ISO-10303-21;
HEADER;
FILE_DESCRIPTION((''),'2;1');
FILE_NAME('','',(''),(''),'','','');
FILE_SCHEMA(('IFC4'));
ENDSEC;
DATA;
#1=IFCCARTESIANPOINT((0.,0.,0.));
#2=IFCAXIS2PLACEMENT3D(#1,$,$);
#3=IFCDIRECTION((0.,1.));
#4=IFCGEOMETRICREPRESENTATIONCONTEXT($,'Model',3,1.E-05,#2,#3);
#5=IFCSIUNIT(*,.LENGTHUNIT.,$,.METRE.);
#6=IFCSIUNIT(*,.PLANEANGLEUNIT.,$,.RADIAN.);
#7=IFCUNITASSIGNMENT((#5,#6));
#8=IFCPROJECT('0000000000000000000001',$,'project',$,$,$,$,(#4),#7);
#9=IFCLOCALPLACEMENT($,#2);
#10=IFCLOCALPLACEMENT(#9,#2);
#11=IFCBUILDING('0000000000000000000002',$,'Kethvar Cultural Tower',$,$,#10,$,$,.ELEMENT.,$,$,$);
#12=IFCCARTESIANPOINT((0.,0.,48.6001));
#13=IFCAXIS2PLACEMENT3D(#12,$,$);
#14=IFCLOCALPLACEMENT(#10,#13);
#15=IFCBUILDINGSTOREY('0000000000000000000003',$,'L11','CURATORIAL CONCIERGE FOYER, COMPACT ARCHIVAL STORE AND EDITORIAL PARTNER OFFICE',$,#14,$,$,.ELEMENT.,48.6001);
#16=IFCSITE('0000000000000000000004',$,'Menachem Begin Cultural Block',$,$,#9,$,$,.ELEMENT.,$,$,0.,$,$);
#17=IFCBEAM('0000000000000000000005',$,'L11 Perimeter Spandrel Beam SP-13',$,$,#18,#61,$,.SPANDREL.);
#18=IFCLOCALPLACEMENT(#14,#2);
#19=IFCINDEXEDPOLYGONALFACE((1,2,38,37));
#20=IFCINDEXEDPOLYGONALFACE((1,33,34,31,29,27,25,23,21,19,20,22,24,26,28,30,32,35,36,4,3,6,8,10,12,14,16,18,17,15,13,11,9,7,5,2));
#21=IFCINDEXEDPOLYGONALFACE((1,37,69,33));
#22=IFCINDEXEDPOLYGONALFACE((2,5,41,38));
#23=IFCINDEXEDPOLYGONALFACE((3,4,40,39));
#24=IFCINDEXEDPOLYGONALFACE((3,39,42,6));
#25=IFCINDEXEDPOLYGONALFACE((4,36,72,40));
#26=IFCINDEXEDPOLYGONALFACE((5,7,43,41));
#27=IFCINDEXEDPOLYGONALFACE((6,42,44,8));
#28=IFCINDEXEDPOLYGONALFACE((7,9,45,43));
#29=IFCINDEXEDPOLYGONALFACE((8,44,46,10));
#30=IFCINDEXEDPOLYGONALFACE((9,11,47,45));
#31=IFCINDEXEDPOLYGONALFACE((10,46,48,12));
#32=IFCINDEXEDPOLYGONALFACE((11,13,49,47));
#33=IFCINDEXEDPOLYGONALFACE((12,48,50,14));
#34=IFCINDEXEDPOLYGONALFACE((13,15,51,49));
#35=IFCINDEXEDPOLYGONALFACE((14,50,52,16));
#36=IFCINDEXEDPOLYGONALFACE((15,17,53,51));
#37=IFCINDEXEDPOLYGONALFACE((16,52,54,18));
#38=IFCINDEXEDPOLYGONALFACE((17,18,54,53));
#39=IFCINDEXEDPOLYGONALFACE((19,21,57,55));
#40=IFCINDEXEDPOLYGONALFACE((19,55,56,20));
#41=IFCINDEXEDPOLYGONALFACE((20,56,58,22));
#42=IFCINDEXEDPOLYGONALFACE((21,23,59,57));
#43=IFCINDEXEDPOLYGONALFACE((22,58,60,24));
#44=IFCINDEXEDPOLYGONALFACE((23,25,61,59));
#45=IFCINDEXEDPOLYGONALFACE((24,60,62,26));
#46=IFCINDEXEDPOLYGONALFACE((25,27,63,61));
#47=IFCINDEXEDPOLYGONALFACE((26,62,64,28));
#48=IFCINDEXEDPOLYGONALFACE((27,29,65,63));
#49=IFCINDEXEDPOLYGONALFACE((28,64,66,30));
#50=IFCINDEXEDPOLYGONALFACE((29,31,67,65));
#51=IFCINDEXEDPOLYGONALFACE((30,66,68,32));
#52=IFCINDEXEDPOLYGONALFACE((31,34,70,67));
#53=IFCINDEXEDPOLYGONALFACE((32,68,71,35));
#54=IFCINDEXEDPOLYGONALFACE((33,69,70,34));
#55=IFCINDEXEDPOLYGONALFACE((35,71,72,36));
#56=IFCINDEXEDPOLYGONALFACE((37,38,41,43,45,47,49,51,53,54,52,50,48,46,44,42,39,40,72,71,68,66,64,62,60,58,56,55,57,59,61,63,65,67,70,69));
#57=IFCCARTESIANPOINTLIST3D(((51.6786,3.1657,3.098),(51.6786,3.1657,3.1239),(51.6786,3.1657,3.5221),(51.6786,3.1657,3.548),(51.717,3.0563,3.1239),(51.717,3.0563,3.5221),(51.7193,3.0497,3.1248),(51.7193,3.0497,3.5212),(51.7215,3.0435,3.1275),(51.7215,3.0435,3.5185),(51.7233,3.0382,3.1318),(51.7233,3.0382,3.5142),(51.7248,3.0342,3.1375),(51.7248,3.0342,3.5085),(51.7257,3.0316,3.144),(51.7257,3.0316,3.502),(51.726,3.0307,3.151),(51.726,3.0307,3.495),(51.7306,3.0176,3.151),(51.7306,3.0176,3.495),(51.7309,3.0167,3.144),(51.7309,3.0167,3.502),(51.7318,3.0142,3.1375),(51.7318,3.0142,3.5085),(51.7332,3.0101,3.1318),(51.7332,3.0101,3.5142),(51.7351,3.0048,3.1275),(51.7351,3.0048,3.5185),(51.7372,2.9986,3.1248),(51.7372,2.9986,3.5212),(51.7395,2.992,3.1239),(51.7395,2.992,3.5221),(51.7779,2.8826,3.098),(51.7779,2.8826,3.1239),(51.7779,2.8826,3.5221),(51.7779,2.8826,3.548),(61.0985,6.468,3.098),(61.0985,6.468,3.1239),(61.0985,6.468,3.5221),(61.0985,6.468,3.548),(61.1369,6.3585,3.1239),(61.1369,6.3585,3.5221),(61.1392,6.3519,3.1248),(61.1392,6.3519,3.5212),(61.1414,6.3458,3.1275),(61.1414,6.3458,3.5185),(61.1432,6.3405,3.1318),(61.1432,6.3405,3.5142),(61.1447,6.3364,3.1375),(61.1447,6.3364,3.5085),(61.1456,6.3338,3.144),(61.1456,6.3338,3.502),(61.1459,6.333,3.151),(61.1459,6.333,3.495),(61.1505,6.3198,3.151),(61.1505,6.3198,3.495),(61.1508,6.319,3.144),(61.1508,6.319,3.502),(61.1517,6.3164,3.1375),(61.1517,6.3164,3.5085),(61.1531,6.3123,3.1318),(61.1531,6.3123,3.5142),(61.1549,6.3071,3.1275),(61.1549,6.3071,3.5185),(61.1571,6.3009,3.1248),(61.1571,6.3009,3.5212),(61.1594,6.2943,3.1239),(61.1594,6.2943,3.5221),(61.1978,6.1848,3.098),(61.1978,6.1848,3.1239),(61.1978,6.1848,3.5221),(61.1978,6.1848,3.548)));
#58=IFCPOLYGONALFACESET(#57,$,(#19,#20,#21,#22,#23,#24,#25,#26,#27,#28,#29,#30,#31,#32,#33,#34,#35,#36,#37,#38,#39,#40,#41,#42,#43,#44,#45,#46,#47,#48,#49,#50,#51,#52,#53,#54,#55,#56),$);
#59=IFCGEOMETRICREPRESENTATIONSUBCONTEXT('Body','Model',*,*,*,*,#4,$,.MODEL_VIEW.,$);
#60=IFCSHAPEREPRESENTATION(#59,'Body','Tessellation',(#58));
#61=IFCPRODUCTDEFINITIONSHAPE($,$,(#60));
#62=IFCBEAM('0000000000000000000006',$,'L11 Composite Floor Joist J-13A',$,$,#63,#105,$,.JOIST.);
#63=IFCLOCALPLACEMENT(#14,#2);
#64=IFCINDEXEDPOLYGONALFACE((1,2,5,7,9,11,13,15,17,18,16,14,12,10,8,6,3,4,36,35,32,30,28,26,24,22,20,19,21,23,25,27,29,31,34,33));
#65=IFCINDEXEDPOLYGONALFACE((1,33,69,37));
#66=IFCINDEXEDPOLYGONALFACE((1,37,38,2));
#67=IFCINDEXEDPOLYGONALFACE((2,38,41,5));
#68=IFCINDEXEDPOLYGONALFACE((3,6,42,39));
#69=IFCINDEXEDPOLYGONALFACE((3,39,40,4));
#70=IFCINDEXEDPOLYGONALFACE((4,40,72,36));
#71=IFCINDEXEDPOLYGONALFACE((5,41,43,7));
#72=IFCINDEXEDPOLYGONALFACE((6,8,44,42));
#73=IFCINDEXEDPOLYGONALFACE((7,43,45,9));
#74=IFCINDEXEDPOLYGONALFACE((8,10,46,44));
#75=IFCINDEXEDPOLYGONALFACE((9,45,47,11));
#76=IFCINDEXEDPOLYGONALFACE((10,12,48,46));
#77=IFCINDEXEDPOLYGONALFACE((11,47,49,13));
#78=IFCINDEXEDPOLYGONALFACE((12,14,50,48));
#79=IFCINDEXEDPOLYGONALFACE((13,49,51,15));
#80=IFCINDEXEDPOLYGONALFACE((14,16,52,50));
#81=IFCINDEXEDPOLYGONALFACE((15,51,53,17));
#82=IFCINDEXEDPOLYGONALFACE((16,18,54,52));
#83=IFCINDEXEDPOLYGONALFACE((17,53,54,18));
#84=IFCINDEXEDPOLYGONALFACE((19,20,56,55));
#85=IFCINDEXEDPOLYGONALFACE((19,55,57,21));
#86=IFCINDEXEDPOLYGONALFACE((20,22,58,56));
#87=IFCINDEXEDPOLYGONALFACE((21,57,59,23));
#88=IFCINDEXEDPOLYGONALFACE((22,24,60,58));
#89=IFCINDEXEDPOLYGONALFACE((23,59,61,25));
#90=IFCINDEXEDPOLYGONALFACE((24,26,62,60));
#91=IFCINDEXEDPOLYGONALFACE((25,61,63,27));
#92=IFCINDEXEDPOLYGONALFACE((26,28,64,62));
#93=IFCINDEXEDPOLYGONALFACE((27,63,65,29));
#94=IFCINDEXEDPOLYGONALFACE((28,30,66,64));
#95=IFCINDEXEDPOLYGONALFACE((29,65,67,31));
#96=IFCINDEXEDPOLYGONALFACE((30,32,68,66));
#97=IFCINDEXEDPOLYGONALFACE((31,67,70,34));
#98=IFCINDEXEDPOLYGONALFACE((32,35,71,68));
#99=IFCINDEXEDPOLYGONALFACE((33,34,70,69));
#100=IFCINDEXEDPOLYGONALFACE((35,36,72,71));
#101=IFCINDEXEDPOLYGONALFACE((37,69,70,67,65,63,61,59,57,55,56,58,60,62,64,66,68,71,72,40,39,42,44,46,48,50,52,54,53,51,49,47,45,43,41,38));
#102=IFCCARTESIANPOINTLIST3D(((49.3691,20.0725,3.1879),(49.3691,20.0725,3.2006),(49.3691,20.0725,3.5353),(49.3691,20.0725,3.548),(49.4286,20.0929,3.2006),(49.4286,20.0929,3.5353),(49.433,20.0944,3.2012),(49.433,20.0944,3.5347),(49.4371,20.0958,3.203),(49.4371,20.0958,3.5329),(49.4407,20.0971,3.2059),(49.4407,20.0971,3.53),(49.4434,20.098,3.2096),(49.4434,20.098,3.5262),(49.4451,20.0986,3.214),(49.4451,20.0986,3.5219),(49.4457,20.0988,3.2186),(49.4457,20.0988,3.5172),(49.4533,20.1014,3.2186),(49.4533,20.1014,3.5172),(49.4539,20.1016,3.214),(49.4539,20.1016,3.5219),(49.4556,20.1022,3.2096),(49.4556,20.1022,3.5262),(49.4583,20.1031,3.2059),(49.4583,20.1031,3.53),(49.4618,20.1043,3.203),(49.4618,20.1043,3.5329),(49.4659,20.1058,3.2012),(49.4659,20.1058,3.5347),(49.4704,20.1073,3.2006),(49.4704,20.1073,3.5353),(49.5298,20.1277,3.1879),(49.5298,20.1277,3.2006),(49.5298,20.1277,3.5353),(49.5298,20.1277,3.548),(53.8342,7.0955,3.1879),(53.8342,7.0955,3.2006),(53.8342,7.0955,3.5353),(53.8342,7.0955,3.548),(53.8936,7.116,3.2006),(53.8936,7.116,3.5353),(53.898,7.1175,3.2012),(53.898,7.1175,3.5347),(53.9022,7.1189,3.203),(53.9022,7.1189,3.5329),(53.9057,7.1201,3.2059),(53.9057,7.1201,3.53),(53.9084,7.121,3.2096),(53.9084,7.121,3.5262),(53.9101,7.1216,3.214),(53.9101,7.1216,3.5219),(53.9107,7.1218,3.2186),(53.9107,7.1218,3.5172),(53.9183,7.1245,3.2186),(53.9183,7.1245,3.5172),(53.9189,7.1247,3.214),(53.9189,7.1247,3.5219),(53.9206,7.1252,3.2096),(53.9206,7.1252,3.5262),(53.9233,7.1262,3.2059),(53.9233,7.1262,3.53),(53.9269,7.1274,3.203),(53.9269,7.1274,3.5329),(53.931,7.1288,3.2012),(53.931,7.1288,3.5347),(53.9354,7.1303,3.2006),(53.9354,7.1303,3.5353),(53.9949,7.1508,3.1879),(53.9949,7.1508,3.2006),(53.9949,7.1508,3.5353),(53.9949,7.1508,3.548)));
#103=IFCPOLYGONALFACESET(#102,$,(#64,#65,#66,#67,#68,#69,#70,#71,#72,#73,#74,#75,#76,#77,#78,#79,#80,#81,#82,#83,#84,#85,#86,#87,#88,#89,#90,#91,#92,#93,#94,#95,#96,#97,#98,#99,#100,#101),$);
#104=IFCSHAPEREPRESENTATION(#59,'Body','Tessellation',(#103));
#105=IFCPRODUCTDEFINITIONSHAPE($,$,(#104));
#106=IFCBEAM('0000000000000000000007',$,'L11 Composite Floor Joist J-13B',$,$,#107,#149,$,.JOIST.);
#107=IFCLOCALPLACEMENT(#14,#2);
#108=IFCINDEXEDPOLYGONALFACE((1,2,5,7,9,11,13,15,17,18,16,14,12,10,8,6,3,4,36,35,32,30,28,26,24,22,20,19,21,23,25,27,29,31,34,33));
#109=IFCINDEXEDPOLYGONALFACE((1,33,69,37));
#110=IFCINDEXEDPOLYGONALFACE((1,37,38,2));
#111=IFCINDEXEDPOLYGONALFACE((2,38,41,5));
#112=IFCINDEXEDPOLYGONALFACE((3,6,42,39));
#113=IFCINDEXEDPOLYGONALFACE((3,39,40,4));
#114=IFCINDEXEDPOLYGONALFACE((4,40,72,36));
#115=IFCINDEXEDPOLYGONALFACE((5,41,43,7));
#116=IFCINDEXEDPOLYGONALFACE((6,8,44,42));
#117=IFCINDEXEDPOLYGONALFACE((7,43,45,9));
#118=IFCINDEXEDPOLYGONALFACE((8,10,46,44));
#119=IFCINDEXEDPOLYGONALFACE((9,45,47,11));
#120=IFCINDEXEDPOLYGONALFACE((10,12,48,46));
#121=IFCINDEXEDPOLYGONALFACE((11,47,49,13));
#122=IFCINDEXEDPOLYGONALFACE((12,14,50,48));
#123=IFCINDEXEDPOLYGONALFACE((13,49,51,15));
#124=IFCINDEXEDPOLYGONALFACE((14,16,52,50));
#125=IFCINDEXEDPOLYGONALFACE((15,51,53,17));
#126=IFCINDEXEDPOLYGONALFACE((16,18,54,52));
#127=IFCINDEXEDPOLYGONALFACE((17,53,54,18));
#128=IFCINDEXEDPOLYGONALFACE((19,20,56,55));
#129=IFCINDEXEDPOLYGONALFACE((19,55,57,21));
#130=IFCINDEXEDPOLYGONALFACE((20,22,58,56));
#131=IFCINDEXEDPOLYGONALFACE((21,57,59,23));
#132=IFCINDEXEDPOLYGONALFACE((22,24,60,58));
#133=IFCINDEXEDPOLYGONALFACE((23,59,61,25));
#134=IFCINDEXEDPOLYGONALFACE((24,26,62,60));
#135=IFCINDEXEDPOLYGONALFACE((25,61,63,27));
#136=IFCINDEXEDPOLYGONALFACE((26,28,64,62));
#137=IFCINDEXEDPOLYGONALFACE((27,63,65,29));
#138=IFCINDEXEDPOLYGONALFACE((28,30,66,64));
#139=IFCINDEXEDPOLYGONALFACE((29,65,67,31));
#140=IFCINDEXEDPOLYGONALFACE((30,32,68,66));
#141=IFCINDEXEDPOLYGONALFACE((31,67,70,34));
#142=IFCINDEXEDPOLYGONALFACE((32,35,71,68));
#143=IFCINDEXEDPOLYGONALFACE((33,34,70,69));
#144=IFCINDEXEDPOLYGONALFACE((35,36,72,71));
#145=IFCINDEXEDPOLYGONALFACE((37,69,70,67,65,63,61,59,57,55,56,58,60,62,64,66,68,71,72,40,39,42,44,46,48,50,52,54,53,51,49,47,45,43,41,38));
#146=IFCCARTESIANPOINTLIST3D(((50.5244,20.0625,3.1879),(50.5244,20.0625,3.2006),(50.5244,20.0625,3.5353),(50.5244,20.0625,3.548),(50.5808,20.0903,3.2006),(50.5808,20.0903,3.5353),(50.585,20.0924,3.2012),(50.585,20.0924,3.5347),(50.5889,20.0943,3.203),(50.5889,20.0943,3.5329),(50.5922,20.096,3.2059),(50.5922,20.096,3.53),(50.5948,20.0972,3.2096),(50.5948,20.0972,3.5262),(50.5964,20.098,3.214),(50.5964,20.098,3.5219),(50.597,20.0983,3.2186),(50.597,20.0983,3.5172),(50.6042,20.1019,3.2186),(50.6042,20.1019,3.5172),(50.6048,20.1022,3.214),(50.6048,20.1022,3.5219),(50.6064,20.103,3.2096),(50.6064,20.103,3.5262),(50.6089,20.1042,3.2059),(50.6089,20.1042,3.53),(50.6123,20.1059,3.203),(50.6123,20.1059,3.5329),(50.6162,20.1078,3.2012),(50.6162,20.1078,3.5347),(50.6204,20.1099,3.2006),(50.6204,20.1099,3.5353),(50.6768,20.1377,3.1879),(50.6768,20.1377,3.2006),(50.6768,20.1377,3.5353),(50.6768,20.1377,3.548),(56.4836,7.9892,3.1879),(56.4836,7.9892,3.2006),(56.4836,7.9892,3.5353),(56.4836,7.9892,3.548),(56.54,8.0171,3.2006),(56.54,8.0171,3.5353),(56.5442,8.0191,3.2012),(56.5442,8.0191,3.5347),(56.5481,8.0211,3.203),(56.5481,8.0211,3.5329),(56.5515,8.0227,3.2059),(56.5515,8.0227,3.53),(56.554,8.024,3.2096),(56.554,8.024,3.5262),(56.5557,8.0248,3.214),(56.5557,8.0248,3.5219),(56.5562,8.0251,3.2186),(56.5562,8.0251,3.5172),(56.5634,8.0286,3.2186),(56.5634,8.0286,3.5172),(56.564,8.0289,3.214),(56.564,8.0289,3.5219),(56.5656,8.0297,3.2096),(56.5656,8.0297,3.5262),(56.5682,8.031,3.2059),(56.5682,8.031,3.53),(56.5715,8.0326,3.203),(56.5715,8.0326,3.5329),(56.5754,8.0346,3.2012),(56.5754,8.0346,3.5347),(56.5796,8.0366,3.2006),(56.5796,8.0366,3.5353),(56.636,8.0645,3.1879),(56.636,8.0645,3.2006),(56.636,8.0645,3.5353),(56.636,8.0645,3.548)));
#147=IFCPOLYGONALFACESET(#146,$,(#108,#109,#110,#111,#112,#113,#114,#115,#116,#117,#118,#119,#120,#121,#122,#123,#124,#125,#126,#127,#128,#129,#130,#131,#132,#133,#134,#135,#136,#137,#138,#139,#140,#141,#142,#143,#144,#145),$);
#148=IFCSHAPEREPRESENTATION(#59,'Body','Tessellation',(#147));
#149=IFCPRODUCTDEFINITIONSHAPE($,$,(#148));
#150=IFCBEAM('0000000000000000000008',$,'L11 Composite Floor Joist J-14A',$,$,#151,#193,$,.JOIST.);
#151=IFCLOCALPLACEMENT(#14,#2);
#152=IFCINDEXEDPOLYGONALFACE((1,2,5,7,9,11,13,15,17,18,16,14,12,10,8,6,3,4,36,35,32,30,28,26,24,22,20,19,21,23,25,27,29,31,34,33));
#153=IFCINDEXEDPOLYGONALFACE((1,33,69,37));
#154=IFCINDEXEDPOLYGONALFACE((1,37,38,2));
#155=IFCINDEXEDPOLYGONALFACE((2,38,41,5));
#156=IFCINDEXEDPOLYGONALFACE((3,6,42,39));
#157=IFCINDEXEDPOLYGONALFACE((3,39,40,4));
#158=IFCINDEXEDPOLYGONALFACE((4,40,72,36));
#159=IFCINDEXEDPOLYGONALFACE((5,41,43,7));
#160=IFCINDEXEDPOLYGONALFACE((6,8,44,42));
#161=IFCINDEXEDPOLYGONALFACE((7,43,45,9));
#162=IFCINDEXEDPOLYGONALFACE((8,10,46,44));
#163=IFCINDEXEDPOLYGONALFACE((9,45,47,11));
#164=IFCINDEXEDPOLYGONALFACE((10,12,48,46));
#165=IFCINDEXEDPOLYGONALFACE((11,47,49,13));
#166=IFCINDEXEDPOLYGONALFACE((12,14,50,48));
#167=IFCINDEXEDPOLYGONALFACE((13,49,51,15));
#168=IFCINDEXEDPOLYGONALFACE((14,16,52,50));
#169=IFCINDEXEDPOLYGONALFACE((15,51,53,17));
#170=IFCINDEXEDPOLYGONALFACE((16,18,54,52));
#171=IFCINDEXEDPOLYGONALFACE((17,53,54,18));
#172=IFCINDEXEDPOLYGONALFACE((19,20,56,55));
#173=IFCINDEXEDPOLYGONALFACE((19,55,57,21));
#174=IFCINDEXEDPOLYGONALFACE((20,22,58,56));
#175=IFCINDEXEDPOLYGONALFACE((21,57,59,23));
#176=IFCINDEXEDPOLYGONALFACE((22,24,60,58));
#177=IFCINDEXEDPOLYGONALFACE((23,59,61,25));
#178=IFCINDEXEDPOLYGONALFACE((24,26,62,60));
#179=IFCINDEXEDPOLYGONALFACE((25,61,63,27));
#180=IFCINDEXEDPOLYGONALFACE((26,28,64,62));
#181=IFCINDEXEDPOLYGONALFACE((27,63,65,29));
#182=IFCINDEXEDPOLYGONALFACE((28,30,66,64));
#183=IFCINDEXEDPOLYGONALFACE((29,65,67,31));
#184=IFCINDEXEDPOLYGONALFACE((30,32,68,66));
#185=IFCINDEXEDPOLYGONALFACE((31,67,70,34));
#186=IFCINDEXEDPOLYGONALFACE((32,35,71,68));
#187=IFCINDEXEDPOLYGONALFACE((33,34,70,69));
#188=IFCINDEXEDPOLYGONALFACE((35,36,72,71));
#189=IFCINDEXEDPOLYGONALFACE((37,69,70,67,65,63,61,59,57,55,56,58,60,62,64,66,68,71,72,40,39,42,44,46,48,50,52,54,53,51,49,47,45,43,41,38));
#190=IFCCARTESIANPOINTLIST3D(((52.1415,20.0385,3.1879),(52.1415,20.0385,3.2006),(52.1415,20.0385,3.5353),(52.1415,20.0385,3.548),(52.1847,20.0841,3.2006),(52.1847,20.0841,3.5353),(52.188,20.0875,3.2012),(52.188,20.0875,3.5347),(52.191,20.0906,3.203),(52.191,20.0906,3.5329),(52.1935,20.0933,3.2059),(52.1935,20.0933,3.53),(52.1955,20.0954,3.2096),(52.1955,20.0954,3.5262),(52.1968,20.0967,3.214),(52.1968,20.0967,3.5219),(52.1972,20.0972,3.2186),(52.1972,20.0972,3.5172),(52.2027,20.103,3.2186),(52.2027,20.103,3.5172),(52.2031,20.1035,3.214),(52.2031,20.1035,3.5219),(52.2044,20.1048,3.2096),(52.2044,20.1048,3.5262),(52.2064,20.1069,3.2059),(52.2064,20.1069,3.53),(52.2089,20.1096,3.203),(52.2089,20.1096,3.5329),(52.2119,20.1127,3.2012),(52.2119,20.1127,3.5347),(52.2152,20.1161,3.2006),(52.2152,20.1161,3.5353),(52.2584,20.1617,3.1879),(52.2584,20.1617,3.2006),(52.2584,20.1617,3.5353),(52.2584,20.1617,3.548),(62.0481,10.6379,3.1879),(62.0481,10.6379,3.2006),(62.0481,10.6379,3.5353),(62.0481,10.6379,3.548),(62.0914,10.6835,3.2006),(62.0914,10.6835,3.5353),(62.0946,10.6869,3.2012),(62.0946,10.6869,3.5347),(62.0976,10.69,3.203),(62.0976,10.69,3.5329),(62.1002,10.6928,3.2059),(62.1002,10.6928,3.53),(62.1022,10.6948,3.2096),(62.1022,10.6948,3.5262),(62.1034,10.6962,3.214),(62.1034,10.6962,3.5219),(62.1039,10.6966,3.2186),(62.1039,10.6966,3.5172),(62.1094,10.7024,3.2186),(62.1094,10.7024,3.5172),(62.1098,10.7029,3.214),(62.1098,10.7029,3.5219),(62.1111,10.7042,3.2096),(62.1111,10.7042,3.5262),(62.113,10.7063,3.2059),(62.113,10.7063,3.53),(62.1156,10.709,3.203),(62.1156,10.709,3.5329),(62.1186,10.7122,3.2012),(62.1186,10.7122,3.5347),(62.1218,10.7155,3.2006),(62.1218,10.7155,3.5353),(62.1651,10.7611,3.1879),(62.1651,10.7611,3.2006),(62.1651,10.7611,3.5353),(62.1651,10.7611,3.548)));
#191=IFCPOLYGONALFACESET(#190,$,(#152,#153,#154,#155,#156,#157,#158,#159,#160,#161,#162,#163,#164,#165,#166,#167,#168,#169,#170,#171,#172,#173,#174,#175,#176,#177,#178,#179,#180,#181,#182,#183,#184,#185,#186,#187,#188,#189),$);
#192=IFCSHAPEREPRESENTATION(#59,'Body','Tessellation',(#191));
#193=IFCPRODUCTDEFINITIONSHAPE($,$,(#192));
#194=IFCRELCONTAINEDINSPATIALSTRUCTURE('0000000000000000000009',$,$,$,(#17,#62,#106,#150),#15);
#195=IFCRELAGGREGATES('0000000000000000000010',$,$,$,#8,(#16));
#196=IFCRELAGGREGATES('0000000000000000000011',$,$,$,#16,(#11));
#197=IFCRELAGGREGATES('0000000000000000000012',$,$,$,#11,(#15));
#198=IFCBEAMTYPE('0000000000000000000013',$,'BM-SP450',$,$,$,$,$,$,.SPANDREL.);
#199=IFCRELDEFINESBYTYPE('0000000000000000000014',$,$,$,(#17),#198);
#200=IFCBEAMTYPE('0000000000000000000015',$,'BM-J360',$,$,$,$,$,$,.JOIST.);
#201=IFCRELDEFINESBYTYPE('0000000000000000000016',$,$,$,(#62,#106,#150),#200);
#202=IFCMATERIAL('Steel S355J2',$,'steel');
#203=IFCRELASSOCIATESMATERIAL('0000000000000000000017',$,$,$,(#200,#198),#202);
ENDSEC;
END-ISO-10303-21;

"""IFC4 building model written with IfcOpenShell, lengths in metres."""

from ifc_helpers import new_model, si_unit, direction, frame, origin, origin_2d, place, context, subcontext, project, spatial, i_section, extrude, source, transform, mapped, material, material_profile, profile_set, type_object, element, save


model = new_model("IFC4")

# Units and contexts
model_context = context("Model", 3, precision=1e-05, world=origin(), true_north=direction((0.0, 1.0)))
body_context = subcontext(model_context, "Body", "Model", "MODEL_VIEW")
ifc_project = project(units=[si_unit("LENGTHUNIT", "METRE"), si_unit("PLANEANGLEUNIT", "RADIAN")], contexts=[model_context])

# Site, building, storey
site_placement = place(None, origin())
site = spatial("IfcSite", under=ifc_project, at=site_placement, Name="Menachem Begin Cultural Block", CompositionType="ELEMENT", RefElevation=0.0)
building_placement = place(site_placement, origin())
building = spatial("IfcBuilding", under=site, at=building_placement, Name="Kethvar Cultural Tower", CompositionType="ELEMENT")
storey_placement = place(building_placement, frame((0.0, 0.0, 48.6001)))
storey = spatial("IfcBuildingStorey", under=building, at=storey_placement, Name="L11", Description="CURATORIAL CONCIERGE FOYER, COMPACT ARCHIVAL STORE AND EDITORIAL PARTNER OFFICE", CompositionType="ELEMENT", Elevation=48.6001)

# Beams
ifc_material_1 = material(Name="Steel S355J2", Category="steel")
ifc_material_profile_1 = material_profile(ifc_material_1, i_section(OverallWidth=0.1699, OverallDepth=0.3601, WebThickness=0.0081, FlangeThickness=0.0127, FilletRadius=0.0181, at=origin_2d()), Name="Steel S355J2 — IPE360")
ifc_profile_set_1 = profile_set([ifc_material_profile_1], Name="Steel S355J2 — IPE360")
beam_type_1 = type_object("IfcBeamType", Name="BM-J360", PredefinedType="JOIST", material=ifc_profile_set_1)
ifc_material_profile_2 = material_profile(ifc_material_1, i_section(OverallWidth=0.3, OverallDepth=0.45, WebThickness=0.0139, FlangeThickness=0.0259, FilletRadius=0.0271, at=origin_2d()), Name="Steel S355J2 — HEB450")
ifc_profile_set_2 = profile_set([ifc_material_profile_2], Name="Steel S355J2 — HEB450")
beam_type_2 = type_object("IfcBeamType", Name="BM-SP450", PredefinedType="SPANDREL", material=ifc_profile_set_2)
shared_shape_1 = source(origin(), body_context, "Body", "SweptSolid", [
    extrude(i_section(OverallWidth=0.3, OverallDepth=0.45, WebThickness=0.0139, FlangeThickness=0.0259, FilletRadius=0.0271, at=origin_2d()), origin(), (0.0, 0.0, 1.0), 9.9819),
])
beam_1_placement = place(storey_placement, frame((51.7283, 3.0242, 3.323), z_axis=(0.943694, 0.330821, 0.0), x_axis=(-0.330821, 0.943694, 0.0)))
element("IfcBeam", 1, at=beam_1_placement, inside=storey, type_object=beam_type_2, Name="L11 Perimeter Spandrel Beam SP-13", PredefinedType="SPANDREL", context=body_context, shape_type="MappedRepresentation", body=[
    mapped(shared_shape_1, transform((0.0, 0.0, 0.0), scale=1.0)),
])
shared_shape_2 = source(origin(), body_context, "Body", "SweptSolid", [
    extrude(i_section(OverallWidth=0.1699, OverallDepth=0.3601, WebThickness=0.0081, FlangeThickness=0.0127, FilletRadius=0.0181, at=origin_2d()), origin(), (0.0, 0.0, 1.0), 13.7236),
])
beam_2_placement = place(storey_placement, frame((49.4495, 20.1001, 3.3679), z_axis=(0.325355, -0.945592, 0.0), x_axis=(0.945592, 0.325355, 0.0)))
element("IfcBeam", 2, at=beam_2_placement, inside=storey, type_object=beam_type_1, Name="L11 Composite Floor Joist J-13A", PredefinedType="JOIST", context=body_context, shape_type="MappedRepresentation", body=[
    mapped(shared_shape_2, transform((0.0, 0.0, 0.0), scale=1.0)),
])
shared_shape_3 = source(origin(), body_context, "Body", "SweptSolid", [
    extrude(i_section(OverallWidth=0.1699, OverallDepth=0.3601, WebThickness=0.0081, FlangeThickness=0.0127, FilletRadius=0.0181, at=origin_2d()), origin(), (0.0, 0.0, 1.0), 13.4639),
])
beam_3_placement = place(storey_placement, frame((50.6006, 20.1001, 3.3679), z_axis=(0.442609, -0.896715, 0.0), x_axis=(0.896715, 0.442609, 0.0)))
element("IfcBeam", 3, at=beam_3_placement, inside=storey, type_object=beam_type_1, Name="L11 Composite Floor Joist J-13B", PredefinedType="JOIST", context=body_context, shape_type="MappedRepresentation", body=[
    mapped(shared_shape_3, transform((0.0, 0.0, 0.0), scale=1.0)),
])
shared_shape_4 = source(origin(), body_context, "Body", "SweptSolid", [
    extrude(i_section(OverallWidth=0.1699, OverallDepth=0.3601, WebThickness=0.0081, FlangeThickness=0.0127, FilletRadius=0.0181, at=origin_2d()), origin(), (0.0, 0.0, 1.0), 13.657),
])
beam_4_placement = place(storey_placement, frame((52.2, 20.1001, 3.3679), z_axis=(0.725393, -0.688335, 0.0), x_axis=(0.688335, 0.725393, 0.0)))
element("IfcBeam", 4, at=beam_4_placement, inside=storey, type_object=beam_type_1, Name="L11 Composite Floor Joist J-14A", PredefinedType="JOIST", context=body_context, shape_type="MappedRepresentation", body=[
    mapped(shared_shape_4, transform((0.0, 0.0, 0.0), scale=1.0)),
])

save(model, "model.ifc")
